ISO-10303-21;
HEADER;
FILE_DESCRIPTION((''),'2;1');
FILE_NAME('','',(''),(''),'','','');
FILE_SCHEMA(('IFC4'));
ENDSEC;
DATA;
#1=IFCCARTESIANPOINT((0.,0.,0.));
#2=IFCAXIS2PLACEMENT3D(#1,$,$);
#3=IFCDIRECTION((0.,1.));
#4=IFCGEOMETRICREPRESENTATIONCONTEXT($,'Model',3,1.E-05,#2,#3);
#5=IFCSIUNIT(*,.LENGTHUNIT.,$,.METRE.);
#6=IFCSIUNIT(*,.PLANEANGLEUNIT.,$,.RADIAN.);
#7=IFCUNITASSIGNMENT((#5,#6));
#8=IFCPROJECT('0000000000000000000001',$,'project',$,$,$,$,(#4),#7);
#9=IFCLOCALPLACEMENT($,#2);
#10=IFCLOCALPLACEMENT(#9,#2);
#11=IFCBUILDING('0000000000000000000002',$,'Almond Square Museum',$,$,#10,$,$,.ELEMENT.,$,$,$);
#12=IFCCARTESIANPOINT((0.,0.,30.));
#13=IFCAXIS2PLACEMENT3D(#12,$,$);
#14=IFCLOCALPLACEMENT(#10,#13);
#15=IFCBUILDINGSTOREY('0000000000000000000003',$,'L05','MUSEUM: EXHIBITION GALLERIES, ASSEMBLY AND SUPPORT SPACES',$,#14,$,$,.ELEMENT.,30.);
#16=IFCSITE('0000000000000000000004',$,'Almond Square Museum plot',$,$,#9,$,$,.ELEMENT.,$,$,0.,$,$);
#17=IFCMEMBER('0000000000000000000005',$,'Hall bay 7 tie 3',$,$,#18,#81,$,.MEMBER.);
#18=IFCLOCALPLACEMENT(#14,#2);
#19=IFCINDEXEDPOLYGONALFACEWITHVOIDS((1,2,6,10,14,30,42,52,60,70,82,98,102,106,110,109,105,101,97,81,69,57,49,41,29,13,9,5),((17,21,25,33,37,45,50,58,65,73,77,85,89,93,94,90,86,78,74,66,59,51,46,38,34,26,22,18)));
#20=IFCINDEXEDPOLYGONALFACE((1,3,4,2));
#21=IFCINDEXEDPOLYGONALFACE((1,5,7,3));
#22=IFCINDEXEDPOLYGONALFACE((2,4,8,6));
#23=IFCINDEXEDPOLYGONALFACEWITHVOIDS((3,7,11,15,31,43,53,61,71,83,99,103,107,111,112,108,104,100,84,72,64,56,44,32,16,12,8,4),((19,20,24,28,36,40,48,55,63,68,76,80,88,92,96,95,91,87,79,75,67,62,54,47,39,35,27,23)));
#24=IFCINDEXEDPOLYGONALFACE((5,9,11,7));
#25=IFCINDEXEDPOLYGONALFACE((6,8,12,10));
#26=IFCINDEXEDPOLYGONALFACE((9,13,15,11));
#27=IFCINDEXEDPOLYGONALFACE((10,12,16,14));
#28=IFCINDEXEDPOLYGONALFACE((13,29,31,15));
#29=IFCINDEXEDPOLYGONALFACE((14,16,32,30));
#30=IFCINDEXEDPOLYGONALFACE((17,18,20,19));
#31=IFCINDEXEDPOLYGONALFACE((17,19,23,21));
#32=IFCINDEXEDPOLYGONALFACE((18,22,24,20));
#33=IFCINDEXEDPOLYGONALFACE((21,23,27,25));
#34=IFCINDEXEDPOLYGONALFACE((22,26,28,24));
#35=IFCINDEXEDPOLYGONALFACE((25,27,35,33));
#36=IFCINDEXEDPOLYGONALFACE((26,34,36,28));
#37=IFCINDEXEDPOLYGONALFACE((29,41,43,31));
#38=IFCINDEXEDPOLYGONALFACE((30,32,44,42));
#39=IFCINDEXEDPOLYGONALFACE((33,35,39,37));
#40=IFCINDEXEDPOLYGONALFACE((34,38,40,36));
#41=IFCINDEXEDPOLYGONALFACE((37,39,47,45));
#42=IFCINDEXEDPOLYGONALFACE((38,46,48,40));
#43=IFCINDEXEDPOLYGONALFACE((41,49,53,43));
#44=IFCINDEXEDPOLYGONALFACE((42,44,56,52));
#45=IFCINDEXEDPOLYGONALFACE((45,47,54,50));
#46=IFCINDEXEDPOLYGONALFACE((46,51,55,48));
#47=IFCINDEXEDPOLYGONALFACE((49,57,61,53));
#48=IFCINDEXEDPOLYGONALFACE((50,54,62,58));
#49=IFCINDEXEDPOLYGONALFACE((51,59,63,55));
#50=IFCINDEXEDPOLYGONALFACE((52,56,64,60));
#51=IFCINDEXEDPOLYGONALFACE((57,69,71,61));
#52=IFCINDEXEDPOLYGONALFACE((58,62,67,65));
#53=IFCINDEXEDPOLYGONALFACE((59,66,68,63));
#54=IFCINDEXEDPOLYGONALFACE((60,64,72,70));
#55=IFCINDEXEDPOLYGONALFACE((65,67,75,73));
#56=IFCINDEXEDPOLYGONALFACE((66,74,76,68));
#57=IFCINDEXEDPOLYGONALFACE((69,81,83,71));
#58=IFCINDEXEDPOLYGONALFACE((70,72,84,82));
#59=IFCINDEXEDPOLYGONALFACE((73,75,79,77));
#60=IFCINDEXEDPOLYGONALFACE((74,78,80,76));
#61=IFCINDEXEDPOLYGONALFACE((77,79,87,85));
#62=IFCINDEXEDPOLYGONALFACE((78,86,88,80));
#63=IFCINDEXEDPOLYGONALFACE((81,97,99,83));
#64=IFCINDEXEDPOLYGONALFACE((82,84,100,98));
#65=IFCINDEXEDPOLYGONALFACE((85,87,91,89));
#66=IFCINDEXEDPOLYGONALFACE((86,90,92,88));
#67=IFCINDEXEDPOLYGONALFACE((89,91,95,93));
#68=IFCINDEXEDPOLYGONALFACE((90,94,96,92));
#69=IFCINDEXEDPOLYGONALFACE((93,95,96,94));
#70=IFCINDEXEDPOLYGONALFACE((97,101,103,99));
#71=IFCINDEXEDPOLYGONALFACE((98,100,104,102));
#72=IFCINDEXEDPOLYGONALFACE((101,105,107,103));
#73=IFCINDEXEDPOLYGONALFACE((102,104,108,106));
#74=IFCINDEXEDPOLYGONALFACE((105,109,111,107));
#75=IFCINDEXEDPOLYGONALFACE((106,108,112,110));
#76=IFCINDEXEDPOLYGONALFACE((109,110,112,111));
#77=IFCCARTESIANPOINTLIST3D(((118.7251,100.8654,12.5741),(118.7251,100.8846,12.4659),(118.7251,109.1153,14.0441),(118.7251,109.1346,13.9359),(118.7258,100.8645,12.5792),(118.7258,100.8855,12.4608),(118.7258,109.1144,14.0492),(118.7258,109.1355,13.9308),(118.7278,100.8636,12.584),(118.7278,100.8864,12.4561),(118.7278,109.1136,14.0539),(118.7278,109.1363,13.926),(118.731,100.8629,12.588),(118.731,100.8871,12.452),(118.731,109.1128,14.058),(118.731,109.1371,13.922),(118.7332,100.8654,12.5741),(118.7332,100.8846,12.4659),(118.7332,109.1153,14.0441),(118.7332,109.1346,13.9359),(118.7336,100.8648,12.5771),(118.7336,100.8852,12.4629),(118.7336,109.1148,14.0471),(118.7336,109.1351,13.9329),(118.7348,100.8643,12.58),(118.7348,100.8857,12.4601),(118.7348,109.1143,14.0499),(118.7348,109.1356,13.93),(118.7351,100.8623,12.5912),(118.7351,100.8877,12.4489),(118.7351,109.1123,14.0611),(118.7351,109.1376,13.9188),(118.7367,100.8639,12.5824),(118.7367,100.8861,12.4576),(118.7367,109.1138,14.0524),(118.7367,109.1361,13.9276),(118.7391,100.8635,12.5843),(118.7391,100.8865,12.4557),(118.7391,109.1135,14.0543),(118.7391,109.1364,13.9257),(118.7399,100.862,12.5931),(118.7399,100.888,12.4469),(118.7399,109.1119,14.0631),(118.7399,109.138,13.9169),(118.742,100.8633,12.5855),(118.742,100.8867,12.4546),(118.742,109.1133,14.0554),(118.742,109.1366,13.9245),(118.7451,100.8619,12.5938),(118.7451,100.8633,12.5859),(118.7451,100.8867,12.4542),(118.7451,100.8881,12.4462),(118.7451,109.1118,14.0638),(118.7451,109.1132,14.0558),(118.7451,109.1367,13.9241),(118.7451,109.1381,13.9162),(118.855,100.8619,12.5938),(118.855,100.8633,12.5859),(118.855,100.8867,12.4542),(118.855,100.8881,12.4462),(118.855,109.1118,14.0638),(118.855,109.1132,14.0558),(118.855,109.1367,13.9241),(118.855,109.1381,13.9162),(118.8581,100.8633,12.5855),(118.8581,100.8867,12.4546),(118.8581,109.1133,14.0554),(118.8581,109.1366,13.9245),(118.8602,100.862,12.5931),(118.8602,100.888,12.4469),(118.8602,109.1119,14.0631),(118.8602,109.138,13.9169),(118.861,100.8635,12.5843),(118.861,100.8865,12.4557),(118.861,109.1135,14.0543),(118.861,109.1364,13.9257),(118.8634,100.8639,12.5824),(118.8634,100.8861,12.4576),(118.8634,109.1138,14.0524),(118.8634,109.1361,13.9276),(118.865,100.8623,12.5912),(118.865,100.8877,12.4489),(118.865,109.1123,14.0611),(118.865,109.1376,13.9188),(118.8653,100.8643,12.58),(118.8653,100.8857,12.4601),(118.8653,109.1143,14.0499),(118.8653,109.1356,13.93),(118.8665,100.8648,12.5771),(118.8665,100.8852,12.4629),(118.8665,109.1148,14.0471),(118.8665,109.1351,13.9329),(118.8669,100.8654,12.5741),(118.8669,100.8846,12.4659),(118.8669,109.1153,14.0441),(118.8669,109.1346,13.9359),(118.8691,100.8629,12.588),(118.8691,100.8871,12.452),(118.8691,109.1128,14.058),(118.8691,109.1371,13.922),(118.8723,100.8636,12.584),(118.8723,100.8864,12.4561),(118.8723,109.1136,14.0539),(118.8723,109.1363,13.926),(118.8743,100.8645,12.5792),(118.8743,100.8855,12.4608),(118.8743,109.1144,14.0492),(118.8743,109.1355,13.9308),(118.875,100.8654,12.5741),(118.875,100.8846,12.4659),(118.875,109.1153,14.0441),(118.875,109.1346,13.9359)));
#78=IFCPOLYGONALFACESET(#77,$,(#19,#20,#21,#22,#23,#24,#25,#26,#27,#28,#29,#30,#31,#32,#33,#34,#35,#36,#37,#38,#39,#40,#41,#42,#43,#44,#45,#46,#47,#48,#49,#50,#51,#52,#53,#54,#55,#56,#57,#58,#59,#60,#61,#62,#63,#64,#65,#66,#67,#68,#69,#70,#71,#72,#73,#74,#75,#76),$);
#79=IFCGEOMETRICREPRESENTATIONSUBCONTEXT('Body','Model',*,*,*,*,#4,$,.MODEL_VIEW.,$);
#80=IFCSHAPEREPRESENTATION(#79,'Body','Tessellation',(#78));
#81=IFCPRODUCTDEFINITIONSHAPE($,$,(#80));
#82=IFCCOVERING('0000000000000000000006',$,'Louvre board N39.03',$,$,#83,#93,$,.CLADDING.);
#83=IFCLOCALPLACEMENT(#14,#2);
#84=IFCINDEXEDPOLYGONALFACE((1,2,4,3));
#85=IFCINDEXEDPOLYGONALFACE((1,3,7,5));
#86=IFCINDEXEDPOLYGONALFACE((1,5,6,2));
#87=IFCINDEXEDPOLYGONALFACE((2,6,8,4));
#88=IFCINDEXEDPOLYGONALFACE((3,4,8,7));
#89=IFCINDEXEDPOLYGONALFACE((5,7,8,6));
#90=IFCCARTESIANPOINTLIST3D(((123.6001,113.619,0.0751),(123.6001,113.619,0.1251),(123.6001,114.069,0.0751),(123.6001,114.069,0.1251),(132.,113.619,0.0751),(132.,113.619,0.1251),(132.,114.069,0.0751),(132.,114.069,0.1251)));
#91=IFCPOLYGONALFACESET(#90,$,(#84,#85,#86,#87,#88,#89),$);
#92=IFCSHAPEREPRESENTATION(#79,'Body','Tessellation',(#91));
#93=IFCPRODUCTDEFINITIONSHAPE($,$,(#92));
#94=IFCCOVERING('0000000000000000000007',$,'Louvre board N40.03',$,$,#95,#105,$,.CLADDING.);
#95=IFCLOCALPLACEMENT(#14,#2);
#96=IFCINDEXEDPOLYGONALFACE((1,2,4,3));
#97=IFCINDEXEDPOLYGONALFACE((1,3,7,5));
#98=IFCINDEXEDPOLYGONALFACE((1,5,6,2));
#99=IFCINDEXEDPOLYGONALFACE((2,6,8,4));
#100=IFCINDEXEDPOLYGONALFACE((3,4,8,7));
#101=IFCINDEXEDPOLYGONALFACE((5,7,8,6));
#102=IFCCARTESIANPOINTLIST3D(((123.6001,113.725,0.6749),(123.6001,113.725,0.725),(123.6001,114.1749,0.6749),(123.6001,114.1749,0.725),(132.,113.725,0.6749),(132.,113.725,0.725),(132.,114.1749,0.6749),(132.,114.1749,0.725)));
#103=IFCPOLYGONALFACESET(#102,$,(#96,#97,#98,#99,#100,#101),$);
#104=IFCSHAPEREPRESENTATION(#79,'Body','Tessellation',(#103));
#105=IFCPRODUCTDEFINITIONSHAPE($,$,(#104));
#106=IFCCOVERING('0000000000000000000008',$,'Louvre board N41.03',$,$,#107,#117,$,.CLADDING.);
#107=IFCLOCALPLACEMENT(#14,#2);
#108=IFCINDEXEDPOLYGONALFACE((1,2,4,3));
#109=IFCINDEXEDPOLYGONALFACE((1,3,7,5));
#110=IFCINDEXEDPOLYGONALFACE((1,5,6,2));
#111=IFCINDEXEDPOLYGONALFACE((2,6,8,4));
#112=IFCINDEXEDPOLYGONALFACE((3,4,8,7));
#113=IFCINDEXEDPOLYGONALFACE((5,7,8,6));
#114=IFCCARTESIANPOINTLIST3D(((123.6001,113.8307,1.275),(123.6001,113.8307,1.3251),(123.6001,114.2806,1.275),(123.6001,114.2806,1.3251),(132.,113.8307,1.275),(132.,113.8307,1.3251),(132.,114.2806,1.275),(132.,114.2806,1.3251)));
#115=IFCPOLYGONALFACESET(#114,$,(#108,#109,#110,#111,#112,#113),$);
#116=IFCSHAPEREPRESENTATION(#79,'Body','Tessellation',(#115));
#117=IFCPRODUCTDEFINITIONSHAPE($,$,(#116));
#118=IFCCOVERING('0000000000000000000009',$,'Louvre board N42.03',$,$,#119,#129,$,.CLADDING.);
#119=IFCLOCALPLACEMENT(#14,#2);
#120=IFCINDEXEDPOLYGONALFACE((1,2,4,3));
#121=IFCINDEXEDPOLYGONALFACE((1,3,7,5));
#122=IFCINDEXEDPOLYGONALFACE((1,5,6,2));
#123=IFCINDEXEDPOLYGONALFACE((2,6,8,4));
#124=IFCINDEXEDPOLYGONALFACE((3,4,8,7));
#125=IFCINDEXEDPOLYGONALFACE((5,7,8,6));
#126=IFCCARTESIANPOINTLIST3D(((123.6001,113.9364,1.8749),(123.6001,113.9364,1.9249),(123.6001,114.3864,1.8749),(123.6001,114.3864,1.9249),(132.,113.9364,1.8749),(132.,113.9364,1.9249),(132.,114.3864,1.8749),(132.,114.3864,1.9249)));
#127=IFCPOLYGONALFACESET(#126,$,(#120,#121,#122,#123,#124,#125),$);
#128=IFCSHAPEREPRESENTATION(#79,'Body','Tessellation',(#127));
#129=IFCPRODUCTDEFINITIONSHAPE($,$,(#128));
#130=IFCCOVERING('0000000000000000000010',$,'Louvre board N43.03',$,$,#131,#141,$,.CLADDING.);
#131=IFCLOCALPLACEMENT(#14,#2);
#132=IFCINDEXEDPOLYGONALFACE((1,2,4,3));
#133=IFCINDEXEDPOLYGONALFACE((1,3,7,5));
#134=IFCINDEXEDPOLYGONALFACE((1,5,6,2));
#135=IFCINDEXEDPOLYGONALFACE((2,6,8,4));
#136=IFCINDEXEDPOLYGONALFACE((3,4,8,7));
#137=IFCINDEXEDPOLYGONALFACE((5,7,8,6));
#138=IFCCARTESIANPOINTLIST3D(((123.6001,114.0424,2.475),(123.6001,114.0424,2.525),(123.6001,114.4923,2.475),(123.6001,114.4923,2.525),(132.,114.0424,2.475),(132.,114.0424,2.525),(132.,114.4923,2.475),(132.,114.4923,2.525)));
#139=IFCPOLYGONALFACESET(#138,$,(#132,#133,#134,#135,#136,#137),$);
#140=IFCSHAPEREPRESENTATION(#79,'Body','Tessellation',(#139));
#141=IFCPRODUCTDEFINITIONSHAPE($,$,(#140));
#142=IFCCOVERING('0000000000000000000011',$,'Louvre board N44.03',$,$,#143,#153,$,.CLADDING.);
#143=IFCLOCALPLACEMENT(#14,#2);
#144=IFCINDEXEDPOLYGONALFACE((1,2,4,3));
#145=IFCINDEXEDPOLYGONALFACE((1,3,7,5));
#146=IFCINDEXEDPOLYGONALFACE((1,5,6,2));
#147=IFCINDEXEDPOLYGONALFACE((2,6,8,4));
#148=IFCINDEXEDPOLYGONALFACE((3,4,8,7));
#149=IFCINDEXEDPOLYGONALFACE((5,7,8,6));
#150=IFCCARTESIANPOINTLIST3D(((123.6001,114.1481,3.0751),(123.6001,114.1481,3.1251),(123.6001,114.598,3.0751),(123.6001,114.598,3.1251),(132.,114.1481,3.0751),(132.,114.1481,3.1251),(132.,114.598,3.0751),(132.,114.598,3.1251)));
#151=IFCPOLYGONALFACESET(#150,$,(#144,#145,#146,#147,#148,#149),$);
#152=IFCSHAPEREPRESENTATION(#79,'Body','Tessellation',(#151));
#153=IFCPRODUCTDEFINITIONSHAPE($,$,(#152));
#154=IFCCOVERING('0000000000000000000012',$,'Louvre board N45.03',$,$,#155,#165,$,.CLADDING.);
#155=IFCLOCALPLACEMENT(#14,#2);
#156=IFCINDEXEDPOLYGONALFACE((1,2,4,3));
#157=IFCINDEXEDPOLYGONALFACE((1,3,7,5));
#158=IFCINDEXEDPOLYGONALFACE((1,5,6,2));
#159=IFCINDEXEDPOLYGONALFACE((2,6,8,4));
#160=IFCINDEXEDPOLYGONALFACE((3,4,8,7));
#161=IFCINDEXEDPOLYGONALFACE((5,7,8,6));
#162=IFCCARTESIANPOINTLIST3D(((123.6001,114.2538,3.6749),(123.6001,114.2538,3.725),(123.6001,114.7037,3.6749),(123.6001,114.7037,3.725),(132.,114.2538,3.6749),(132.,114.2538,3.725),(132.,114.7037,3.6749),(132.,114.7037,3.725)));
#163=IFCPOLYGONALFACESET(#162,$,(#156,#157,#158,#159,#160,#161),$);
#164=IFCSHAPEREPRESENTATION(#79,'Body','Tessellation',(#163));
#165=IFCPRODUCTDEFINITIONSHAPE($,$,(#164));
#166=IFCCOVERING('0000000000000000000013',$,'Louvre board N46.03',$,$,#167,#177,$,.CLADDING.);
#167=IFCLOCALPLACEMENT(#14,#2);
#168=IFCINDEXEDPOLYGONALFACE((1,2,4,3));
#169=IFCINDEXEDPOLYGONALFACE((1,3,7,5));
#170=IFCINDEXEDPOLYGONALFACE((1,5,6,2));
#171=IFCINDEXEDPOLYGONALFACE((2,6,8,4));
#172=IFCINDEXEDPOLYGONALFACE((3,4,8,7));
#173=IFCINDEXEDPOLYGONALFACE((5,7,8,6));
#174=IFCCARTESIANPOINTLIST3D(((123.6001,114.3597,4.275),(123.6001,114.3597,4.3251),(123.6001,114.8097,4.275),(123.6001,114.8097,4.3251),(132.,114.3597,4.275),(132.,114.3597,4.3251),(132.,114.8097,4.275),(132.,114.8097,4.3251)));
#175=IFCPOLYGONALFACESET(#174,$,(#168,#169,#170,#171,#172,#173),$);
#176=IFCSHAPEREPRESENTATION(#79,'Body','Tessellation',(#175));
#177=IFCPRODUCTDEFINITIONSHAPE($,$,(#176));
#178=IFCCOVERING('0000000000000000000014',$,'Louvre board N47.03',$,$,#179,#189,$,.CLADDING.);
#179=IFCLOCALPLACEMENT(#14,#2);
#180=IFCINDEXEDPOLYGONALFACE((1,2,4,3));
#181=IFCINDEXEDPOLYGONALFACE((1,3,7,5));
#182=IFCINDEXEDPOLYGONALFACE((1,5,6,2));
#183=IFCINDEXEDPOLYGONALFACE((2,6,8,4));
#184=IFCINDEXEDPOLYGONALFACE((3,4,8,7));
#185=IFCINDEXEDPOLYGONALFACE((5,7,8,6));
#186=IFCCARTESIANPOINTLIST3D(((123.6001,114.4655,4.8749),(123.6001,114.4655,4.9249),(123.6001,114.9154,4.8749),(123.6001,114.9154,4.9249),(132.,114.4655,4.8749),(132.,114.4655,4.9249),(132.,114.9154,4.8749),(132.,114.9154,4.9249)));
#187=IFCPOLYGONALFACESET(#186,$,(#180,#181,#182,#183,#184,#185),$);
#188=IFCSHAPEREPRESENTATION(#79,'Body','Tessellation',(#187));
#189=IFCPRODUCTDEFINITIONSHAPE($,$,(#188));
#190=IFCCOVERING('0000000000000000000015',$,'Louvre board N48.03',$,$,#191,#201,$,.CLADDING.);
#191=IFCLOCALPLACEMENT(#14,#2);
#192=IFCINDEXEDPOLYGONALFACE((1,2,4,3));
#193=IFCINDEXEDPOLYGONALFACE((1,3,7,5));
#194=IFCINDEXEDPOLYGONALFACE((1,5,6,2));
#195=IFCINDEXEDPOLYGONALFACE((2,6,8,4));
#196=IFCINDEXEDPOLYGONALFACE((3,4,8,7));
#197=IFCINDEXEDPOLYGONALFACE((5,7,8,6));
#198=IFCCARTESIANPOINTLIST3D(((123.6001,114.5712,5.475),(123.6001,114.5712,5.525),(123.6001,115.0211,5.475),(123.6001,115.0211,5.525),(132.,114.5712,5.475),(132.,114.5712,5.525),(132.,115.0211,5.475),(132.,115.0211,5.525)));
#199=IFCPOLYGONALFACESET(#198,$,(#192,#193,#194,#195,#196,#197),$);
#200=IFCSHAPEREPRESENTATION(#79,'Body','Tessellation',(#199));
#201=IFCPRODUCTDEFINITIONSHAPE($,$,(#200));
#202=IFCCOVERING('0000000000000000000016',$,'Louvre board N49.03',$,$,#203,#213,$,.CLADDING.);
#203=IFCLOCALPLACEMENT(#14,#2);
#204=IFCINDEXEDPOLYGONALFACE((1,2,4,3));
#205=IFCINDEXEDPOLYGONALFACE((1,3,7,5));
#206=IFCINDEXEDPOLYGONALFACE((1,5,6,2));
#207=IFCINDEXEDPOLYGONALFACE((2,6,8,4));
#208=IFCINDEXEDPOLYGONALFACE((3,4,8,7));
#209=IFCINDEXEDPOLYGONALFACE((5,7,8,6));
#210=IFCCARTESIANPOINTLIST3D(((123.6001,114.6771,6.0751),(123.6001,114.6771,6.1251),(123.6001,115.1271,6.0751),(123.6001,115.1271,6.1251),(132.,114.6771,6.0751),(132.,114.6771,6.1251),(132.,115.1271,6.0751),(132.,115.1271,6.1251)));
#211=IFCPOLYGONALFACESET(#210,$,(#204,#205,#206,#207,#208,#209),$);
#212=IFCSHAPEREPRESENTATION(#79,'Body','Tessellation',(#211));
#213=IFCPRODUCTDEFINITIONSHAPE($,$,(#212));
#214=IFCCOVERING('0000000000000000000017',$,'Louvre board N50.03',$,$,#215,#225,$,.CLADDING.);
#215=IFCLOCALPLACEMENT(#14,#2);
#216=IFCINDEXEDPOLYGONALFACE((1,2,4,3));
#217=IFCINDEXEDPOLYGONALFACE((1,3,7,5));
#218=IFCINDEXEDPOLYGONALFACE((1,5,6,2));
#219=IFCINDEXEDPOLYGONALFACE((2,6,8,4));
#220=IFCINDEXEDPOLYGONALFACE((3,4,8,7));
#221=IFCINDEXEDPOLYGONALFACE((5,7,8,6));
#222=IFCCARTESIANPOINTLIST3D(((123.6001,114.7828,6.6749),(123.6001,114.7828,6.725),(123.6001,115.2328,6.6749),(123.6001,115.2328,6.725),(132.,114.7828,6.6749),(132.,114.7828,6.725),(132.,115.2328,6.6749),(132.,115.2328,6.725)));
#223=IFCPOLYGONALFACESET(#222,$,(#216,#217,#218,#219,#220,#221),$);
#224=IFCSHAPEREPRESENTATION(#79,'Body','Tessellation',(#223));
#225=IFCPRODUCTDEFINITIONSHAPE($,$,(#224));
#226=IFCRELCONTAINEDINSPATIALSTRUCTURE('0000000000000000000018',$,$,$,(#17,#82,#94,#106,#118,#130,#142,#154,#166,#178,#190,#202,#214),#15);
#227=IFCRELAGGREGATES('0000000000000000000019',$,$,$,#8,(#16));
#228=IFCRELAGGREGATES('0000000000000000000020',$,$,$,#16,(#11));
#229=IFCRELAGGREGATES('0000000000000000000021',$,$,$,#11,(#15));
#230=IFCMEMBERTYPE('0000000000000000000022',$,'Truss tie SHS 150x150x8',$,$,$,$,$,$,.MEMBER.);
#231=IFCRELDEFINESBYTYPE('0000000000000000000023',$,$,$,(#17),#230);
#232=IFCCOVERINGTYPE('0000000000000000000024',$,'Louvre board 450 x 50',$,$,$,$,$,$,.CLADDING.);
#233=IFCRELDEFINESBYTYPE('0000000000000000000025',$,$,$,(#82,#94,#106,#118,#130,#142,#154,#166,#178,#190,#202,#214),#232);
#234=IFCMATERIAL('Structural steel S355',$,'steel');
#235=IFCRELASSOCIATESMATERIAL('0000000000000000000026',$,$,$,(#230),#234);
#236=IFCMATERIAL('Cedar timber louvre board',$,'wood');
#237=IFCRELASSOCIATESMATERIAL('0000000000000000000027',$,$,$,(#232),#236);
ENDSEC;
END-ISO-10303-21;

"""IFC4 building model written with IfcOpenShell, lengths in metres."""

from ifc_helpers import new_model, si_unit, direction, frame, origin, origin_2d, place, context, subcontext, project, spatial, rectangle, hollow_rectangle, extrude, material, material_profile, profile_set, type_object, element, save


model = new_model("IFC4")

# Units and contexts
model_context = context("Model", 3, precision=1e-05, world=origin(), true_north=direction((0.0, 1.0)))
body_context = subcontext(model_context, "Body", "Model", "MODEL_VIEW")
ifc_project = project(units=[si_unit("LENGTHUNIT", "METRE"), si_unit("PLANEANGLEUNIT", "RADIAN")], contexts=[model_context])

# Site, building, storey
site_placement = place(None, origin())
site = spatial("IfcSite", under=ifc_project, at=site_placement, Name="Almond Square Museum plot", CompositionType="ELEMENT", RefElevation=0.0)
building_placement = place(site_placement, origin())
building = spatial("IfcBuilding", under=site, at=building_placement, Name="Almond Square Museum", CompositionType="ELEMENT")
storey_placement = place(building_placement, frame((0.0, 0.0, 30.0)))
storey = spatial("IfcBuildingStorey", under=building, at=storey_placement, Name="L05", Description="MUSEUM: EXHIBITION GALLERIES, ASSEMBLY AND SUPPORT SPACES", CompositionType="ELEMENT", Elevation=30.0)

# Member
ifc_material_1 = material(Name="Structural steel S355", Category="steel")
ifc_material_profile_1 = material_profile(ifc_material_1, hollow_rectangle(XDim=0.1499, YDim=0.1499, WallThickness=0.0081, InnerFilletRadius=0.012, OuterFilletRadius=0.02, at=origin_2d()))
ifc_profile_set_1 = profile_set([ifc_material_profile_1], Name="Structural steel S355")
member_type_1 = type_object("IfcMemberType", Name="Truss tie SHS 150x150x8", PredefinedType="MEMBER", material=ifc_profile_set_1)
member_1_placement = place(storey_placement, frame((118.8, 100.875, 12.52), z_axis=(0.0, 0.984494, 0.175416), x_axis=(-1.0, 0.0, 0.0)))
element("IfcMember", 1, at=member_1_placement, inside=storey, type_object=member_type_1, Name="Hall bay 7 tie 3", PredefinedType="MEMBER", context=body_context, shape_type="SweptSolid", body=[
    extrude(hollow_rectangle(XDim=0.1499, YDim=0.1499, WallThickness=0.0081, InnerFilletRadius=0.012, OuterFilletRadius=0.02, at=origin_2d()), origin(), (0.0, 0.0, 1.0), 8.3799),
])

# Coverings
ifc_material_2 = material(Name="Cedar timber louvre board", Category="wood")
ifc_material_profile_2 = material_profile(ifc_material_2, rectangle(XDim=0.45, YDim=0.05, at=origin_2d()))
ifc_profile_set_2 = profile_set([ifc_material_profile_2], Name="Cedar timber louvre board")
covering_type_1 = type_object("IfcCoveringType", Name="Louvre board 450 x 50", PredefinedType="CLADDING", material=ifc_profile_set_2)
for number, where, z_axis, x_axis, name in (
    (2, (123.6001, 113.844, 0.1001), (1.0, 0.0, 0.0), (0.0, 1.0, 0.0), "Louvre board N39.03"),
    (3, (123.6001, 113.95, 0.7), (1.0, 0.0, 0.0), (0.0, 1.0, 0.0), "Louvre board N40.03"),
    (4, (123.6001, 114.0557, 1.3), (1.0, 0.0, 0.0), (0.0, 1.0, 0.0), "Louvre board N41.03"),
    (5, (123.6001, 114.1614, 1.8999), (1.0, 0.0, 0.0), (0.0, 1.0, 0.0), "Louvre board N42.03"),
    (6, (123.6001, 114.2673, 2.5), (1.0, 0.0, 0.0), (0.0, 1.0, 0.0), "Louvre board N43.03"),
    (7, (123.6001, 114.373, 3.1001), (1.0, 0.0, 0.0), (0.0, 1.0, 0.0), "Louvre board N44.03"),
    (8, (123.6001, 114.4788, 3.7), (1.0, 0.0, 0.0), (0.0, 1.0, 0.0), "Louvre board N45.03"),
    (9, (123.6001, 114.5847, 4.3), (1.0, 0.0, 0.0), (0.0, 1.0, 0.0), "Louvre board N46.03"),
    (10, (123.6001, 114.6904, 4.8999), (1.0, 0.0, 0.0), (0.0, 1.0, 0.0), "Louvre board N47.03"),
    (11, (123.6001, 114.7961, 5.5), (1.0, 0.0, 0.0), (0.0, 1.0, 0.0), "Louvre board N48.03"),
    (12, (123.6001, 114.9021, 6.1001), (1.0, 0.0, 0.0), (0.0, 1.0, 0.0), "Louvre board N49.03"),
    (13, (123.6001, 115.0078, 6.7), (1.0, 0.0, 0.0), (0.0, 1.0, 0.0), "Louvre board N50.03"),
):
    element("IfcCovering", number, at=place(storey_placement, frame(where, z_axis=z_axis, x_axis=x_axis)), inside=storey, type_object=covering_type_1, Name=name, PredefinedType="CLADDING", context=body_context, shape_type="SweptSolid", body=[
        extrude(rectangle(XDim=0.45, YDim=0.05, at=origin_2d()), origin(), (0.0, 0.0, 1.0), 8.3999),
    ])

save(model, "model.ifc")
